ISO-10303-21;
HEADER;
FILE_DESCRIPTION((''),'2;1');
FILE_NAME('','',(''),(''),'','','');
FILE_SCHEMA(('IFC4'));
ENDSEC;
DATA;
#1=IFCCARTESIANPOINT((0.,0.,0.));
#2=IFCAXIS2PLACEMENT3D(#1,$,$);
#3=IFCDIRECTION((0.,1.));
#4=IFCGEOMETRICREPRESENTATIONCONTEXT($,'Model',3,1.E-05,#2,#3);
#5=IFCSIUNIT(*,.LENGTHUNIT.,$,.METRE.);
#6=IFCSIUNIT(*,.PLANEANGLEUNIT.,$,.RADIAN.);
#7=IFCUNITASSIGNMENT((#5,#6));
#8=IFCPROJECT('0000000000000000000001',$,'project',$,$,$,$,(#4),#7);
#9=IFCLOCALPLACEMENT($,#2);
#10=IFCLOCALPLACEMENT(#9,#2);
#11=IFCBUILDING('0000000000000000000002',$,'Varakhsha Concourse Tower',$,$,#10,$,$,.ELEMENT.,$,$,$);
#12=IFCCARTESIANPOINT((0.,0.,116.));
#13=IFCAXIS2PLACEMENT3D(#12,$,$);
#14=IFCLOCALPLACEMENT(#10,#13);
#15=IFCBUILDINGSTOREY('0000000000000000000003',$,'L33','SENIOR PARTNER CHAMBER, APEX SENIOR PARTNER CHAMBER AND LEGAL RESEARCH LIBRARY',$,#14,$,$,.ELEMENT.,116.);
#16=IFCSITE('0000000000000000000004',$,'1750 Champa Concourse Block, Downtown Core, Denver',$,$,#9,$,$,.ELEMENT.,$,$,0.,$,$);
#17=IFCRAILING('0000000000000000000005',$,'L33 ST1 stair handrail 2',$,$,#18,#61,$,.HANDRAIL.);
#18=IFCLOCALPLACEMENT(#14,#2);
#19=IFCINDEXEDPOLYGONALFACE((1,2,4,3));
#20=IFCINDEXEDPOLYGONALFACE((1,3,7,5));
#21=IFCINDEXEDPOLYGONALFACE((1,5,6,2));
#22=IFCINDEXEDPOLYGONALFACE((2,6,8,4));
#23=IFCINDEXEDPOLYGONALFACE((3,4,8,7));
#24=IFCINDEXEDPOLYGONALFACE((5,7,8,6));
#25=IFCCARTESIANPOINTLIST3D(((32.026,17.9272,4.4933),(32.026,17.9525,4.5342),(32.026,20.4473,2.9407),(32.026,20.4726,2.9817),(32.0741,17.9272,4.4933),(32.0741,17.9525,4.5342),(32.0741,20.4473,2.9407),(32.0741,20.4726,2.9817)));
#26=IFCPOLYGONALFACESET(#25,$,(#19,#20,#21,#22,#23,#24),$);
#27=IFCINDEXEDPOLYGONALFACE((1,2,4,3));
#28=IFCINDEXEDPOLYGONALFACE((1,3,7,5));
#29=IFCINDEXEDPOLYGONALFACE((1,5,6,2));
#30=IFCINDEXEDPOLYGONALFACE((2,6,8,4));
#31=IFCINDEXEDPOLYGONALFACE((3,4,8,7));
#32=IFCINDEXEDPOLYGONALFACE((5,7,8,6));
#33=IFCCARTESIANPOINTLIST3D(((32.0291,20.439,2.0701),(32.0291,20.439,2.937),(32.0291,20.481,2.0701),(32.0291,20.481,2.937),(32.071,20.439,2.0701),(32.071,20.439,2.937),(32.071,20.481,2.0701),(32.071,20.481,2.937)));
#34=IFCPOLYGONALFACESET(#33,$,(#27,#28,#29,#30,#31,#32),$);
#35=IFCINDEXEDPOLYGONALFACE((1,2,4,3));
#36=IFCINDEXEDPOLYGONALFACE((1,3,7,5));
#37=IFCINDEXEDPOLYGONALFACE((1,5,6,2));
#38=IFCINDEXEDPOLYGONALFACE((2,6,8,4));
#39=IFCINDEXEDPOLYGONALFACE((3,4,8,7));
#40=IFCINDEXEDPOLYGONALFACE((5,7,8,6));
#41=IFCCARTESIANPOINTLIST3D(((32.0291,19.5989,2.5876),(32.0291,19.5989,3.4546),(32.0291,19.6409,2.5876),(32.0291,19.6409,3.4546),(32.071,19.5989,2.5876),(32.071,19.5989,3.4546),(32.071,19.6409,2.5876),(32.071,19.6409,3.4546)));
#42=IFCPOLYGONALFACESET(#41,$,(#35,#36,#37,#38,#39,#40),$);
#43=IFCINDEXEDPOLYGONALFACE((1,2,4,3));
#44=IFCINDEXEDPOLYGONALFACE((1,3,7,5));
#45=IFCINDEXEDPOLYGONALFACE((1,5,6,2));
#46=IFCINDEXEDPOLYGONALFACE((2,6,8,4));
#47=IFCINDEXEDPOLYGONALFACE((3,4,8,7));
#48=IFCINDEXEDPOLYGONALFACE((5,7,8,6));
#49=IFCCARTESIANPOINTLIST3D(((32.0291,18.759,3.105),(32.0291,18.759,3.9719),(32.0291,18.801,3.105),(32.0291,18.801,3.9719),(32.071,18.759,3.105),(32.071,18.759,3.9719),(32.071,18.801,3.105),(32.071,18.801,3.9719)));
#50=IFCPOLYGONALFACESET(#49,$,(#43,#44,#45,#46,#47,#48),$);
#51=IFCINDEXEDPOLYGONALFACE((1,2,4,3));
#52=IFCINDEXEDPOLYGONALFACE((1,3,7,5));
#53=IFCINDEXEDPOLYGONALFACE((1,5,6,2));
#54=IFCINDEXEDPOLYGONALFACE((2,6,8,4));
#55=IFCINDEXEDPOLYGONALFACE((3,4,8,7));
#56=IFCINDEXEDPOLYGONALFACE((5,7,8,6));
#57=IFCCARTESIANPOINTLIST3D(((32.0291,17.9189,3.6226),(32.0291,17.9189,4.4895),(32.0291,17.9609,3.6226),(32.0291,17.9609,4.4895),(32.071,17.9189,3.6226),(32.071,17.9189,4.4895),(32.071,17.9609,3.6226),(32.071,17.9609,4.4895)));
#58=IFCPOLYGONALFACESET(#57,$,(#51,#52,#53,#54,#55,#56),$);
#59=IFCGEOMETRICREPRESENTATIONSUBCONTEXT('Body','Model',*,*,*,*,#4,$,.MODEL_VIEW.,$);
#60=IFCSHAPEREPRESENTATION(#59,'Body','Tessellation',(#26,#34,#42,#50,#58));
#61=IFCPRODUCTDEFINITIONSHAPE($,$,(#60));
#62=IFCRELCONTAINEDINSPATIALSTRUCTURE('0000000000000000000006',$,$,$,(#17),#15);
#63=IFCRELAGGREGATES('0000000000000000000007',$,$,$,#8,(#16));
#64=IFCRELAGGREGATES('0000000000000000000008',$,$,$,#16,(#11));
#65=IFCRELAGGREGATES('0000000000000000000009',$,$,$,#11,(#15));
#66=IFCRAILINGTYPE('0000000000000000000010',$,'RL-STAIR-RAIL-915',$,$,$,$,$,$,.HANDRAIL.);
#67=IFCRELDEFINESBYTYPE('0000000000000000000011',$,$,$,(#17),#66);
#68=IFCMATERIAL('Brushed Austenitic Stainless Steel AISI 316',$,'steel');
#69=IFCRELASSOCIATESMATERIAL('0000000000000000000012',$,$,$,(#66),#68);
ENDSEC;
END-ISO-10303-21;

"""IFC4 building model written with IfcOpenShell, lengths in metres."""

from ifc_helpers import new_model, si_unit, direction, frame, origin, origin_2d, place, context, subcontext, project, spatial, rectangle, extrude, material, type_object, element, save


model = new_model("IFC4")

# Units and contexts
model_context = context("Model", 3, precision=1e-05, world=origin(), true_north=direction((0.0, 1.0)))
body_context = subcontext(model_context, "Body", "Model", "MODEL_VIEW")
ifc_project = project(units=[si_unit("LENGTHUNIT", "METRE"), si_unit("PLANEANGLEUNIT", "RADIAN")], contexts=[model_context])

# Site, building, storey
site_placement = place(None, origin())
site = spatial("IfcSite", under=ifc_project, at=site_placement, Name="1750 Champa Concourse Block, Downtown Core, Denver", CompositionType="ELEMENT", RefElevation=0.0)
building_placement = place(site_placement, origin())
building = spatial("IfcBuilding", under=site, at=building_placement, Name="Varakhsha Concourse Tower", CompositionType="ELEMENT")
storey_placement = place(building_placement, frame((0.0, 0.0, 116.0)))
storey = spatial("IfcBuildingStorey", under=building, at=storey_placement, Name="L33", Description="SENIOR PARTNER CHAMBER, APEX SENIOR PARTNER CHAMBER AND LEGAL RESEARCH LIBRARY", CompositionType="ELEMENT", Elevation=116.0)

# Railing
ifc_material_1 = material(Name="Brushed Austenitic Stainless Steel AISI 316", Category="steel")
railing_type_1 = type_object("IfcRailingType", Name="RL-STAIR-RAIL-915", PredefinedType="HANDRAIL", material=ifc_material_1)
railing_1_placement = place(storey_placement, frame((32.05, 20.46, 2.0701)))
element("IfcRailing", 1, at=railing_1_placement, inside=storey, type_object=railing_type_1, Name="L33 ST1 stair handrail 2", PredefinedType="HANDRAIL", context=body_context, shape_type="SweptSolid", body=[
    extrude(rectangle(XDim=0.0481, YDim=0.0481, at=origin_2d()), frame((0.0, 0.0, 0.8911), z_axis=(0.0, -0.8514, 0.524516), x_axis=(1.0, 0.0, 0.0)), (0.0, 0.0, 1.0), 2.96),
    extrude(rectangle(XDim=0.042, YDim=0.042, at=origin_2d()), origin(), (0.0, 0.0, 1.0), 0.8669),
    extrude(rectangle(XDim=0.042, YDim=0.042, at=origin_2d()), frame((0.0, -0.8401, 0.5176)), (0.0, 0.0, 1.0), 0.8669),
    extrude(rectangle(XDim=0.042, YDim=0.042, at=origin_2d()), frame((0.0, -1.6799, 1.0349)), (0.0, 0.0, 1.0), 0.8669),
    extrude(rectangle(XDim=0.042, YDim=0.042, at=origin_2d()), frame((0.0, -2.52, 1.5525)), (0.0, 0.0, 1.0), 0.8669),
])

save(model, "model.ifc")
